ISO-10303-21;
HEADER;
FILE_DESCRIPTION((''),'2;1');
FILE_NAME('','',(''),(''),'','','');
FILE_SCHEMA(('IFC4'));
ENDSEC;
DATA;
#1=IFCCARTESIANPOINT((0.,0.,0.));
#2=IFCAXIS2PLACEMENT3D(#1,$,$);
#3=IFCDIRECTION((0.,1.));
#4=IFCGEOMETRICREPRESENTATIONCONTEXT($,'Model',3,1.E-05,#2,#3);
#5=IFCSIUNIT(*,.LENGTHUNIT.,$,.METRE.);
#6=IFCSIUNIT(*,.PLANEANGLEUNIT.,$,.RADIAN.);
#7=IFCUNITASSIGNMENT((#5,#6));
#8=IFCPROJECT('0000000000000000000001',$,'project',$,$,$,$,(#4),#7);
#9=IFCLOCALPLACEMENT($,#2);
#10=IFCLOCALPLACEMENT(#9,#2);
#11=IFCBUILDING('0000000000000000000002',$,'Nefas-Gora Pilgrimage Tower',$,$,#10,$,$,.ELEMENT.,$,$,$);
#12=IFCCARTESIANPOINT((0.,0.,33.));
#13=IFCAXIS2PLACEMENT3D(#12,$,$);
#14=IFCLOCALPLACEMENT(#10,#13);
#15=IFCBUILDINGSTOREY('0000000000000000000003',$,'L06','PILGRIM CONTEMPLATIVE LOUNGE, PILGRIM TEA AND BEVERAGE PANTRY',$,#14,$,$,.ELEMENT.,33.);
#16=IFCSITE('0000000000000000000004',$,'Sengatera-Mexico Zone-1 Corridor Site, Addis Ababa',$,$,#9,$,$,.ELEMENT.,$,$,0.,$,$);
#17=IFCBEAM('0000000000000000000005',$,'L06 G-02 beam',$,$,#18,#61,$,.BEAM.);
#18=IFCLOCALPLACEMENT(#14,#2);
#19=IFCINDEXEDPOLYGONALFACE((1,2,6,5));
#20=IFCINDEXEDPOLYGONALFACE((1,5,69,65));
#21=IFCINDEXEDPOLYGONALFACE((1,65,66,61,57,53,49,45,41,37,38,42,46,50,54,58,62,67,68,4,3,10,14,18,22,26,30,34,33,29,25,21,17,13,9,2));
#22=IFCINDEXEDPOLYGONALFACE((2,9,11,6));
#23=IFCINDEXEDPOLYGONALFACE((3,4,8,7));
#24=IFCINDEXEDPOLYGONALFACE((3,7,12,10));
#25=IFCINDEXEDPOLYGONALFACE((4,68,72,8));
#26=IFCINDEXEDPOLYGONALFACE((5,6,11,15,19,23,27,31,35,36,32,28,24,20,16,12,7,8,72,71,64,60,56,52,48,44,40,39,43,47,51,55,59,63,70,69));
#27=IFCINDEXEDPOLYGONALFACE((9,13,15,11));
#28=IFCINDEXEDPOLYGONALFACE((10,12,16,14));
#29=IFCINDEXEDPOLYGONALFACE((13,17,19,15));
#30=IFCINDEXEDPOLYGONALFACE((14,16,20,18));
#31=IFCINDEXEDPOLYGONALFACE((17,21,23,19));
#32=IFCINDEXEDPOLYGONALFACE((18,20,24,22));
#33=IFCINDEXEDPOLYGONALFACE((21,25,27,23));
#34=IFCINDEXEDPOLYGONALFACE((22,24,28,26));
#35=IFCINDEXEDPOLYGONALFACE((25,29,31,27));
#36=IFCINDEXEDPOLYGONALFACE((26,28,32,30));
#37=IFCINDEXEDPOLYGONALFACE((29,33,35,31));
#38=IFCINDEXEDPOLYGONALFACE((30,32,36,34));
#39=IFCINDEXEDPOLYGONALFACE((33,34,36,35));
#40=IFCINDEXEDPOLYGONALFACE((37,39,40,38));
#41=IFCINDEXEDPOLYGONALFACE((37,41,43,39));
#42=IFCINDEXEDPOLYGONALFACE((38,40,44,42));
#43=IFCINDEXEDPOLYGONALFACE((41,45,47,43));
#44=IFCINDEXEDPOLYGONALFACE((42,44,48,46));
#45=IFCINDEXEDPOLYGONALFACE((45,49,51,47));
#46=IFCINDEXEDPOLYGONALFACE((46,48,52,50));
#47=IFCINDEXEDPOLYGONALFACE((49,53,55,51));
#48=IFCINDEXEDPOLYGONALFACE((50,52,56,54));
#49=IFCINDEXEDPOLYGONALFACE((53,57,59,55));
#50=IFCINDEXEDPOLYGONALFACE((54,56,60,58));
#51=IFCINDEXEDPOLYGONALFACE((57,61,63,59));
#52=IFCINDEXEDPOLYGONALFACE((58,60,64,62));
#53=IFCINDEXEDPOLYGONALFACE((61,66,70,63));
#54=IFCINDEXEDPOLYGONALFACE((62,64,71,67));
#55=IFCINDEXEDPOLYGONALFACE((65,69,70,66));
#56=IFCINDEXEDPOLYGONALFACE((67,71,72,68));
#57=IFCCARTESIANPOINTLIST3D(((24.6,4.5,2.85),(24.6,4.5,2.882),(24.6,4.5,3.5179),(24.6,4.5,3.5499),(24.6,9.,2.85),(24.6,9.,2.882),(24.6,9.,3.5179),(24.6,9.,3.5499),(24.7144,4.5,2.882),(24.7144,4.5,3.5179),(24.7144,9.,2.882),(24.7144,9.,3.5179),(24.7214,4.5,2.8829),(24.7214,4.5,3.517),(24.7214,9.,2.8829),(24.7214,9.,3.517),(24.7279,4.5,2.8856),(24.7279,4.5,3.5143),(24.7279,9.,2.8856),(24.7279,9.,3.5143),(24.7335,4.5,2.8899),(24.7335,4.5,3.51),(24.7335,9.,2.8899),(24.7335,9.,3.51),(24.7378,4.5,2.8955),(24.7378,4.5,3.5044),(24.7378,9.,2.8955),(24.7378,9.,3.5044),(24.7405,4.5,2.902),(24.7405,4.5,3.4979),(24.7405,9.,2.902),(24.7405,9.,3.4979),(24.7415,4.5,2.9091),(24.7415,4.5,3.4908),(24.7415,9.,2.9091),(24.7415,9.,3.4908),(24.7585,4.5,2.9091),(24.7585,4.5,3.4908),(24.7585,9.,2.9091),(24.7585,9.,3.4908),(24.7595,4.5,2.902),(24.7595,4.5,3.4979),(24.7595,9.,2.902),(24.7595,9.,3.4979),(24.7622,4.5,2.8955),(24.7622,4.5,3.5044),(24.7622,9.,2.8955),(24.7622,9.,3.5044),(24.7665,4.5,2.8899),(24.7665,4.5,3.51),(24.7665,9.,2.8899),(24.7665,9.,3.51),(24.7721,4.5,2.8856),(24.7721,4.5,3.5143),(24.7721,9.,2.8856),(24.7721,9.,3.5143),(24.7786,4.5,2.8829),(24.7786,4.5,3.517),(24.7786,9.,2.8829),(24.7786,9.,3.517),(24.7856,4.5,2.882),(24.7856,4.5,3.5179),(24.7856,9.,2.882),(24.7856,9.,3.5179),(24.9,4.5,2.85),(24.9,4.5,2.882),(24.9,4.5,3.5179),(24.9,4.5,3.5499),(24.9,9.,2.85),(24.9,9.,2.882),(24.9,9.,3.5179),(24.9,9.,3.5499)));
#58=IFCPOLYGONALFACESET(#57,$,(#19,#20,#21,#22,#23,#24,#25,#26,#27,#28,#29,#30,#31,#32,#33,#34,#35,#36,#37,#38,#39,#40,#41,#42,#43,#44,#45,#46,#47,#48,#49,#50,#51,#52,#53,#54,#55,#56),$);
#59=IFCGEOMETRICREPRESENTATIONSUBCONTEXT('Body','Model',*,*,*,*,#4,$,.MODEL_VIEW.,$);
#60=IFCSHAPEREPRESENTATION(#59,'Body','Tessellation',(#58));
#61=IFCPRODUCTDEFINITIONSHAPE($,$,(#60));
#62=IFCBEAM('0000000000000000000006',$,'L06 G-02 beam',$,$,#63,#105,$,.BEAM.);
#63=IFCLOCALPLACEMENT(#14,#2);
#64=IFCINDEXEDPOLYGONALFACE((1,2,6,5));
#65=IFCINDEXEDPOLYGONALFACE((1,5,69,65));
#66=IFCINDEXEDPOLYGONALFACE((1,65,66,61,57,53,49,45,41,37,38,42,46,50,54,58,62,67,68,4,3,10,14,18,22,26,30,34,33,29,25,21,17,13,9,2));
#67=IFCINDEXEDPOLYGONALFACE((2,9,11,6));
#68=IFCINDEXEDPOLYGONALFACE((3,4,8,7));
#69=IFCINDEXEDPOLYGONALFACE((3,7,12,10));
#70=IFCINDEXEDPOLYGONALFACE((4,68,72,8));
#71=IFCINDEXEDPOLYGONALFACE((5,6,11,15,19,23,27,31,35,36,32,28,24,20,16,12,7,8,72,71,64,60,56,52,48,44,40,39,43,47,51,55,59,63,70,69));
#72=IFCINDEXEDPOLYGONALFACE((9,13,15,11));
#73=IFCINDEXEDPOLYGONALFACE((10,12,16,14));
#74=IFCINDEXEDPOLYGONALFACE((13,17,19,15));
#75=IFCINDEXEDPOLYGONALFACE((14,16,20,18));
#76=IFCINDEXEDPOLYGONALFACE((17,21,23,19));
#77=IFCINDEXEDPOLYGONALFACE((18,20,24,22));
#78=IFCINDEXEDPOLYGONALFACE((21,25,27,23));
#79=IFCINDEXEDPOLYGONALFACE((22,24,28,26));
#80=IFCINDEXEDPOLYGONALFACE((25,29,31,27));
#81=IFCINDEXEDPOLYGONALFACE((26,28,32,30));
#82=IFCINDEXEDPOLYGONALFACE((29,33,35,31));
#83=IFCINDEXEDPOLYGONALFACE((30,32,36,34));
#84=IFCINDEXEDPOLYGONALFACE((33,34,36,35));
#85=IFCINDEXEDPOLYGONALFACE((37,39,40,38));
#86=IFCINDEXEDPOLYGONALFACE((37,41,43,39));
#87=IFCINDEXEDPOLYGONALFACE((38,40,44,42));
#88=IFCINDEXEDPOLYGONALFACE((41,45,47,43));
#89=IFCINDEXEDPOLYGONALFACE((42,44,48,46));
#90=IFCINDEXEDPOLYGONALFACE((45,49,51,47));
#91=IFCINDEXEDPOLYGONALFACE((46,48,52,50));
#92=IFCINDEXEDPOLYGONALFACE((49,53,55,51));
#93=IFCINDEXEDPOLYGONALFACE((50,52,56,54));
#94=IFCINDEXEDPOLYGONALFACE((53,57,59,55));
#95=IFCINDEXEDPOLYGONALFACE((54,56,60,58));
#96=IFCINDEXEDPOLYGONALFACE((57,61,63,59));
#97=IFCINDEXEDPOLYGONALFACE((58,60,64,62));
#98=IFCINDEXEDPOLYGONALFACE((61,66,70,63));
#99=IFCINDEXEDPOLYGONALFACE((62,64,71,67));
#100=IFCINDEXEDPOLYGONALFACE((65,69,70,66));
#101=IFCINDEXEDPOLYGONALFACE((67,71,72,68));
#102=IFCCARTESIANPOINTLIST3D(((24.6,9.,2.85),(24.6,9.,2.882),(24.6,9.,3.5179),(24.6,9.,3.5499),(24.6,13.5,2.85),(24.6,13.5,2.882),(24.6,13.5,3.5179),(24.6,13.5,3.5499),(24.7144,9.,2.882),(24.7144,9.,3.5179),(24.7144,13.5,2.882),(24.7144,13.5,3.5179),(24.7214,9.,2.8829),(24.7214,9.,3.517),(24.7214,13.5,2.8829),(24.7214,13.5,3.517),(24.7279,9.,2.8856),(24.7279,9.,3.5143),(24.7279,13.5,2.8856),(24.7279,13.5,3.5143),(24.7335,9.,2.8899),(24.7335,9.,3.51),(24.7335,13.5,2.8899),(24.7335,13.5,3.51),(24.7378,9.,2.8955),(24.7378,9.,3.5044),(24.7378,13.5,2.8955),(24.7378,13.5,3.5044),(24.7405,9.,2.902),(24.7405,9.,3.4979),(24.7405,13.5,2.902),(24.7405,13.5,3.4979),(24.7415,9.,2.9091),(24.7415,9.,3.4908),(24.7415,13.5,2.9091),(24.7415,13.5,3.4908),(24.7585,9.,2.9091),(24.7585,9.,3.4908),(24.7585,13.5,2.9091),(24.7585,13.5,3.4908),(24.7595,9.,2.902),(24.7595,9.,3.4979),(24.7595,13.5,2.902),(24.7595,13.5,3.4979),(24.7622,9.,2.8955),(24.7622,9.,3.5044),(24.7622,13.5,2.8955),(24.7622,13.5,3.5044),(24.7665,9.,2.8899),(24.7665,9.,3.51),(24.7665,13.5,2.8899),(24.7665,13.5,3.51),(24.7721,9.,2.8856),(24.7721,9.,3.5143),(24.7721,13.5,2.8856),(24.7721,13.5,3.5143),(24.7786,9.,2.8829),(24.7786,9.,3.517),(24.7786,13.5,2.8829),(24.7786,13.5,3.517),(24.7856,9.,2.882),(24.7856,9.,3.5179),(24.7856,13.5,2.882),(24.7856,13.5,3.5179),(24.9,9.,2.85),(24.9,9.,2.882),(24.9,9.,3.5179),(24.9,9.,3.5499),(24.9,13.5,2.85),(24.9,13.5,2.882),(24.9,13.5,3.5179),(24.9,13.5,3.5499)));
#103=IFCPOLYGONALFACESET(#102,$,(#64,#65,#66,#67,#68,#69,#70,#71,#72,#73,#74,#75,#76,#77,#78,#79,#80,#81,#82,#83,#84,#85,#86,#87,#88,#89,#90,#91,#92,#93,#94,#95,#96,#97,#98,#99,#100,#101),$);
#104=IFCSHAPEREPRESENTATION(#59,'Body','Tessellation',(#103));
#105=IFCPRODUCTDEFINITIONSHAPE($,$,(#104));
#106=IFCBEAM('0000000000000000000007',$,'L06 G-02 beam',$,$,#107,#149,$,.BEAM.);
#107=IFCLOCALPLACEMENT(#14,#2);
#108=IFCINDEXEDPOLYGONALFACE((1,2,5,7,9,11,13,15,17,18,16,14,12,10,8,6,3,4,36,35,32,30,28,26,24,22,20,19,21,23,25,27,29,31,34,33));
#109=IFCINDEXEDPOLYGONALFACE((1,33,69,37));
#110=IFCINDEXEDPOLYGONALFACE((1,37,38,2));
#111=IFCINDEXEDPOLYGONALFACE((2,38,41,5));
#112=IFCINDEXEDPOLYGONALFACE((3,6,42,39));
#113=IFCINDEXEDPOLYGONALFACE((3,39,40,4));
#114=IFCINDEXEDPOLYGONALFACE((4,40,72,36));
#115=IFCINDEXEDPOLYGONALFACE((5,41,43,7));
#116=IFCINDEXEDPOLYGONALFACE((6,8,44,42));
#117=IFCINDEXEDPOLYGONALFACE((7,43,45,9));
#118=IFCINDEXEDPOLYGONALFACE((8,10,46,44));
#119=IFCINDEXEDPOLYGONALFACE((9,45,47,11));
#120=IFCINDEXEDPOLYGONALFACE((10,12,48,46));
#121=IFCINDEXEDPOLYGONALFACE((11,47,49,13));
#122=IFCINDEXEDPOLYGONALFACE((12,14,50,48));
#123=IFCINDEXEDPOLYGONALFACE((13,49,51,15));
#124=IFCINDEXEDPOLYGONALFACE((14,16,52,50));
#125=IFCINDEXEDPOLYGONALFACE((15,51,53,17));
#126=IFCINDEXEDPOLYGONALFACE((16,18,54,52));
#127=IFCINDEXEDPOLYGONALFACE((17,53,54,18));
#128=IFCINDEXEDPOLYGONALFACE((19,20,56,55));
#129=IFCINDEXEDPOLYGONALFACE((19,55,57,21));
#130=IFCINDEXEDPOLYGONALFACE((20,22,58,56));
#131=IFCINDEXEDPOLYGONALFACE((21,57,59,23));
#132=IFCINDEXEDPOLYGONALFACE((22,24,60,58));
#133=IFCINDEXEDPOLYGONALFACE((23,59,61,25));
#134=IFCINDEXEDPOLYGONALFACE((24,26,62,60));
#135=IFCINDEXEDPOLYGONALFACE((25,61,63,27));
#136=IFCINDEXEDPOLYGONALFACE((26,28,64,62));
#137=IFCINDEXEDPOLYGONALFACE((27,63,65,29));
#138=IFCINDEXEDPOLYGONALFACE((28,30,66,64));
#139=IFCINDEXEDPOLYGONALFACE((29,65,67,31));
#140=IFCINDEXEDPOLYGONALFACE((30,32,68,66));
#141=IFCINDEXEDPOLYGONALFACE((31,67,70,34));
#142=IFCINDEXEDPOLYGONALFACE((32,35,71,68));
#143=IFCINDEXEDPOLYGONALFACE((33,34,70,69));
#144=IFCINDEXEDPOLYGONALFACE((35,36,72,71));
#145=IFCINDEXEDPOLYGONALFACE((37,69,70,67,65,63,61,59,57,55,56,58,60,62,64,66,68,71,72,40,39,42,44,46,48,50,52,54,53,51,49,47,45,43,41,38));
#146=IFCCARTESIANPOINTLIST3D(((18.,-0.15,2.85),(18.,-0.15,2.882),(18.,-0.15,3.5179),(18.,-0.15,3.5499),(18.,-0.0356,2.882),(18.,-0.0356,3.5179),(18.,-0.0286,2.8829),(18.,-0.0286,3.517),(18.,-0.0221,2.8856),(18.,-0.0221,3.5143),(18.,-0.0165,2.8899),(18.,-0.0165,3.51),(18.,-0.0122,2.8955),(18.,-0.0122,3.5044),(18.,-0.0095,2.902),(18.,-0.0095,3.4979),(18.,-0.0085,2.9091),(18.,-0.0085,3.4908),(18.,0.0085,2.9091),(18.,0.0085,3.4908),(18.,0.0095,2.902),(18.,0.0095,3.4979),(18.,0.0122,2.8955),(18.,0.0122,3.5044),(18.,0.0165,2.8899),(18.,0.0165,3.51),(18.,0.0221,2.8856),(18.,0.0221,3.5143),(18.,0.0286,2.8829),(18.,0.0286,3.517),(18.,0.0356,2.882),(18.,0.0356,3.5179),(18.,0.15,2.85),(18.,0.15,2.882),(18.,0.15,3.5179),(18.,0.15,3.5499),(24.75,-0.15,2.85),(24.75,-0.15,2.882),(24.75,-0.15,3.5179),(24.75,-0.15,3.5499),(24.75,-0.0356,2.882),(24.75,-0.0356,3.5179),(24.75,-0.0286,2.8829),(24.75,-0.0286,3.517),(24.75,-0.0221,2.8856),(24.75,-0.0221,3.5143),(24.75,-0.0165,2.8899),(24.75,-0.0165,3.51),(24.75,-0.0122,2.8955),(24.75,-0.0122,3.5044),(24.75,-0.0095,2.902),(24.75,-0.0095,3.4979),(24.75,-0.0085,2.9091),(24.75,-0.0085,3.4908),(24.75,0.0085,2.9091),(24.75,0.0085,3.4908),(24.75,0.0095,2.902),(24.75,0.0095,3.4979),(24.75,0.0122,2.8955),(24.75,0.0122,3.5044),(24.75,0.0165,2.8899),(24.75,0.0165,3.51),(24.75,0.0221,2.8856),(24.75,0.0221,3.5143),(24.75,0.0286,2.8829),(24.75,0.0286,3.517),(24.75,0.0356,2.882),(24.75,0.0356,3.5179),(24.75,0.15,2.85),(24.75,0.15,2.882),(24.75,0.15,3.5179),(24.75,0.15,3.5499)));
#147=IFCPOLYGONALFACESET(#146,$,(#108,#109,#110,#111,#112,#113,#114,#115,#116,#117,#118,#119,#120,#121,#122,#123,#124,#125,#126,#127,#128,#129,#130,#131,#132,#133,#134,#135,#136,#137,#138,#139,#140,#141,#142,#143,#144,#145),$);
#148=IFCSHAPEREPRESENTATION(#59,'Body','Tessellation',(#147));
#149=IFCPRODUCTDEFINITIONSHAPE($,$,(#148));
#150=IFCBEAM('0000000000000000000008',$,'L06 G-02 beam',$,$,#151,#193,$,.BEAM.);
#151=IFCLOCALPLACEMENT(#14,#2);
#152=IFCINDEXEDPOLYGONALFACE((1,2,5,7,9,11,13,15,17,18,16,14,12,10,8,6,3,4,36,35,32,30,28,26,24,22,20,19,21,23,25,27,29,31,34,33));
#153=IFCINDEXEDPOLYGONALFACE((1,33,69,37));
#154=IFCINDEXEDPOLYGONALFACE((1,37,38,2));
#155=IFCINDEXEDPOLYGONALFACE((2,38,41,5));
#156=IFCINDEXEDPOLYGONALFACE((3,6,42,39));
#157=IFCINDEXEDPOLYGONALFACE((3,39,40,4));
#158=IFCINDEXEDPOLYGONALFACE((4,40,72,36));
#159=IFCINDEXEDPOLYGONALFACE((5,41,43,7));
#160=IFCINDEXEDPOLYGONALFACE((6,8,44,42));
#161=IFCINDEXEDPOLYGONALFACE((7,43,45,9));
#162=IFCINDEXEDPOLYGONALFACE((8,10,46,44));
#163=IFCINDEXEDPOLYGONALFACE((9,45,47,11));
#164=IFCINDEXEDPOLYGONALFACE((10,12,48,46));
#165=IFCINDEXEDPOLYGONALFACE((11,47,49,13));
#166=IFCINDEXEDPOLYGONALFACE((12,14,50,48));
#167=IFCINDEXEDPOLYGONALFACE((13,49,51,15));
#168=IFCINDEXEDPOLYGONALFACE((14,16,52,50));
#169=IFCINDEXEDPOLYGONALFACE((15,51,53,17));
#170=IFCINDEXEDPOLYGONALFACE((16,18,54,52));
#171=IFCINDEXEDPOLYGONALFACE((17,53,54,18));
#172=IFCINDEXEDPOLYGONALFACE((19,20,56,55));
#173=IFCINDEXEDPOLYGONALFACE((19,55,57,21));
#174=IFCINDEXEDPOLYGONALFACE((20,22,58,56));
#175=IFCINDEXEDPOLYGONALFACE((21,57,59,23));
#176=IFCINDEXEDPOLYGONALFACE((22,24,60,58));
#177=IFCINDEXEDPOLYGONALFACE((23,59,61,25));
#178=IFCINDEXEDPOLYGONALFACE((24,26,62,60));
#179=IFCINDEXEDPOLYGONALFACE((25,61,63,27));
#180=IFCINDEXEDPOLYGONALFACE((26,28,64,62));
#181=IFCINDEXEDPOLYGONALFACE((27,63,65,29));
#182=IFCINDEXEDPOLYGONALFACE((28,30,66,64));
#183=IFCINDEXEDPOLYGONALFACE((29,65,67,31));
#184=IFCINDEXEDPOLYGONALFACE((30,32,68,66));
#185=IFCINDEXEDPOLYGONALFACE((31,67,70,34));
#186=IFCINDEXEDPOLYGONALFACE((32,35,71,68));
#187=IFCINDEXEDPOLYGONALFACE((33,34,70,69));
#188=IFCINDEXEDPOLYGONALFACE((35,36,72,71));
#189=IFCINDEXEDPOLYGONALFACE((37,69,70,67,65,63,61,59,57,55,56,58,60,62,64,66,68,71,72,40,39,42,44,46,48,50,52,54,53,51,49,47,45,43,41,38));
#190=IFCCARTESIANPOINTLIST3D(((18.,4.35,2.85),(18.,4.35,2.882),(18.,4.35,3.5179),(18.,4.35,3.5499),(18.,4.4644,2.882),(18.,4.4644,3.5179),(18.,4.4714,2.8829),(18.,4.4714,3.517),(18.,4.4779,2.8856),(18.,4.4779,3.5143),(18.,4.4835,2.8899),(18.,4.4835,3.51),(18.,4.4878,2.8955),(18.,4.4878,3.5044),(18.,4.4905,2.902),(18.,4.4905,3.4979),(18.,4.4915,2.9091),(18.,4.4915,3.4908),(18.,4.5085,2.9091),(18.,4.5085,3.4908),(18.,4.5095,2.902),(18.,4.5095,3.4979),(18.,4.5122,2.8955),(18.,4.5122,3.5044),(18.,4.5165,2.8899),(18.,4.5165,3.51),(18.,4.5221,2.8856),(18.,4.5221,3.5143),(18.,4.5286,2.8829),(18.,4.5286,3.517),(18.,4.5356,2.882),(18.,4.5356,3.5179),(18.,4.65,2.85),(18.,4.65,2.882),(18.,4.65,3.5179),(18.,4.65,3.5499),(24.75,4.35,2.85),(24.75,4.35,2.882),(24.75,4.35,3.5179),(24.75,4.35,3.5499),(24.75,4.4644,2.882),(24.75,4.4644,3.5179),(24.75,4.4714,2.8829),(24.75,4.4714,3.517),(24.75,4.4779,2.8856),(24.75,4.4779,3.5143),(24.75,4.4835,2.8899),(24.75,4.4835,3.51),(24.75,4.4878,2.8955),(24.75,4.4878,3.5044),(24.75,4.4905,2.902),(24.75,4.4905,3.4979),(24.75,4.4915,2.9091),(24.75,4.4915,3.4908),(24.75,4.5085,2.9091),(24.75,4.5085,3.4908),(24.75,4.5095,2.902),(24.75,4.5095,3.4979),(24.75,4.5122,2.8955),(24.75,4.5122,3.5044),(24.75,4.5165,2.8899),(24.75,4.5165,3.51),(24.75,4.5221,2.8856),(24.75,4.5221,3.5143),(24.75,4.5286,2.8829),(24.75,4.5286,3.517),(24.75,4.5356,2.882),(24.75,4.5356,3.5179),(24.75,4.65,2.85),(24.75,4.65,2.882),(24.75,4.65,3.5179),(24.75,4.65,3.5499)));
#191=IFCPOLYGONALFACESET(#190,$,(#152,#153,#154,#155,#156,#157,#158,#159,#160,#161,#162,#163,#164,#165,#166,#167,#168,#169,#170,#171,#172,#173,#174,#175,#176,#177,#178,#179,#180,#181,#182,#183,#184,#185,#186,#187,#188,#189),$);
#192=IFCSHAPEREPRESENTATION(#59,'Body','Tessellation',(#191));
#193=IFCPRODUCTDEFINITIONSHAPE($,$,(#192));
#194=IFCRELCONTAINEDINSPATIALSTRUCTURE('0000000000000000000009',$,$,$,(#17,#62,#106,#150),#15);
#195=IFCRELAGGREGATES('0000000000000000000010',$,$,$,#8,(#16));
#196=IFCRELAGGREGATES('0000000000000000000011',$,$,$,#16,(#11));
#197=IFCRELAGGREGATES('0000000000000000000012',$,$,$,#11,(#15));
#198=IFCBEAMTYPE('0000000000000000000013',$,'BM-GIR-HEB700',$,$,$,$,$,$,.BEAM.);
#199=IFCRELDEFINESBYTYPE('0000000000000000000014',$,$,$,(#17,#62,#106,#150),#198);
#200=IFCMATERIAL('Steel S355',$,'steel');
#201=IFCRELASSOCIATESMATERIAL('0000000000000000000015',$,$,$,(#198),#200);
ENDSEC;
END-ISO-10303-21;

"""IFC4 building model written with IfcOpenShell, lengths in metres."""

from ifc_helpers import new_model, si_unit, direction, frame, origin, origin_2d, place, context, subcontext, project, spatial, i_section, extrude, source, transform, mapped, material, material_profile, profile_set, type_object, element, save


model = new_model("IFC4")

# Units and contexts
model_context = context("Model", 3, precision=1e-05, world=origin(), true_north=direction((0.0, 1.0)))
body_context = subcontext(model_context, "Body", "Model", "MODEL_VIEW")
ifc_project = project(units=[si_unit("LENGTHUNIT", "METRE"), si_unit("PLANEANGLEUNIT", "RADIAN")], contexts=[model_context])

# Site, building, storey
site_placement = place(None, origin())
site = spatial("IfcSite", under=ifc_project, at=site_placement, Name="Sengatera-Mexico Zone-1 Corridor Site, Addis Ababa", CompositionType="ELEMENT", RefElevation=0.0)
building_placement = place(site_placement, origin())
building = spatial("IfcBuilding", under=site, at=building_placement, Name="Nefas-Gora Pilgrimage Tower", CompositionType="ELEMENT")
storey_placement = place(building_placement, frame((0.0, 0.0, 33.0)))
storey = spatial("IfcBuildingStorey", under=building, at=storey_placement, Name="L06", Description="PILGRIM CONTEMPLATIVE LOUNGE, PILGRIM TEA AND BEVERAGE PANTRY", CompositionType="ELEMENT", Elevation=33.0)

# Beams
ifc_material_1 = material(Name="Steel S355", Category="steel")
ifc_material_profile_1 = material_profile(ifc_material_1, i_section(OverallWidth=0.3, OverallDepth=0.7, WebThickness=0.0171, FlangeThickness=0.032, FilletRadius=0.0271, at=origin_2d()), Name="HEB 700")
ifc_profile_set_1 = profile_set([ifc_material_profile_1], Name="Steel S355")
beam_type_1 = type_object("IfcBeamType", Name="BM-GIR-HEB700", PredefinedType="BEAM", material=ifc_profile_set_1)
shared_shape_1 = source(origin(), body_context, "Body", "SweptSolid", [
    extrude(i_section(OverallWidth=0.3, OverallDepth=0.7, WebThickness=0.0171, FlangeThickness=0.032, FilletRadius=0.0271, at=origin_2d()), origin(), (0.0, 0.0, 1.0), 4.5),
])
for number, where, z_axis, x_axis, name in (
    (1, (24.75, 4.5, 3.2), (0.0, 1.0, 0.0), (-1.0, 0.0, 0.0), "L06 G-02 beam"),
    (2, (24.75, 9.0, 3.2), (0.0, 1.0, 0.0), (-1.0, 0.0, 0.0), "L06 G-02 beam"),
):
    element("IfcBeam", number, at=place(storey_placement, frame(where, z_axis=z_axis, x_axis=x_axis)), inside=storey, type_object=beam_type_1, Name=name, PredefinedType="BEAM", context=body_context, shape_type="MappedRepresentation", body=[
        mapped(shared_shape_1, transform((0.0, 0.0, 0.0), x_axis=(1.0, 0.0, 0.0), y_axis=(0.0, 1.0, 0.0), z_axis=(0.0, 0.0, 1.0), scale=1.0)),
    ])
shared_shape_2 = source(origin(), body_context, "Body", "SweptSolid", [
    extrude(i_section(OverallWidth=0.3, OverallDepth=0.7, WebThickness=0.0171, FlangeThickness=0.032, FilletRadius=0.0271, at=origin_2d()), origin(), (0.0, 0.0, 1.0), 6.75),
])
for number, where, z_axis, x_axis, name in (
    (3, (18.0, 0.0, 3.2), (1.0, 0.0, 0.0), (0.0, 1.0, 0.0), "L06 G-02 beam"),
    (4, (18.0, 4.5, 3.2), (1.0, 0.0, 0.0), (0.0, 1.0, 0.0), "L06 G-02 beam"),
):
    element("IfcBeam", number, at=place(storey_placement, frame(where, z_axis=z_axis, x_axis=x_axis)), inside=storey, type_object=beam_type_1, Name=name, PredefinedType="BEAM", context=body_context, shape_type="MappedRepresentation", body=[
        mapped(shared_shape_2, transform((0.0, 0.0, 0.0), x_axis=(1.0, 0.0, 0.0), y_axis=(0.0, 1.0, 0.0), z_axis=(0.0, 0.0, 1.0), scale=1.0)),
    ])

save(model, "model.ifc")
